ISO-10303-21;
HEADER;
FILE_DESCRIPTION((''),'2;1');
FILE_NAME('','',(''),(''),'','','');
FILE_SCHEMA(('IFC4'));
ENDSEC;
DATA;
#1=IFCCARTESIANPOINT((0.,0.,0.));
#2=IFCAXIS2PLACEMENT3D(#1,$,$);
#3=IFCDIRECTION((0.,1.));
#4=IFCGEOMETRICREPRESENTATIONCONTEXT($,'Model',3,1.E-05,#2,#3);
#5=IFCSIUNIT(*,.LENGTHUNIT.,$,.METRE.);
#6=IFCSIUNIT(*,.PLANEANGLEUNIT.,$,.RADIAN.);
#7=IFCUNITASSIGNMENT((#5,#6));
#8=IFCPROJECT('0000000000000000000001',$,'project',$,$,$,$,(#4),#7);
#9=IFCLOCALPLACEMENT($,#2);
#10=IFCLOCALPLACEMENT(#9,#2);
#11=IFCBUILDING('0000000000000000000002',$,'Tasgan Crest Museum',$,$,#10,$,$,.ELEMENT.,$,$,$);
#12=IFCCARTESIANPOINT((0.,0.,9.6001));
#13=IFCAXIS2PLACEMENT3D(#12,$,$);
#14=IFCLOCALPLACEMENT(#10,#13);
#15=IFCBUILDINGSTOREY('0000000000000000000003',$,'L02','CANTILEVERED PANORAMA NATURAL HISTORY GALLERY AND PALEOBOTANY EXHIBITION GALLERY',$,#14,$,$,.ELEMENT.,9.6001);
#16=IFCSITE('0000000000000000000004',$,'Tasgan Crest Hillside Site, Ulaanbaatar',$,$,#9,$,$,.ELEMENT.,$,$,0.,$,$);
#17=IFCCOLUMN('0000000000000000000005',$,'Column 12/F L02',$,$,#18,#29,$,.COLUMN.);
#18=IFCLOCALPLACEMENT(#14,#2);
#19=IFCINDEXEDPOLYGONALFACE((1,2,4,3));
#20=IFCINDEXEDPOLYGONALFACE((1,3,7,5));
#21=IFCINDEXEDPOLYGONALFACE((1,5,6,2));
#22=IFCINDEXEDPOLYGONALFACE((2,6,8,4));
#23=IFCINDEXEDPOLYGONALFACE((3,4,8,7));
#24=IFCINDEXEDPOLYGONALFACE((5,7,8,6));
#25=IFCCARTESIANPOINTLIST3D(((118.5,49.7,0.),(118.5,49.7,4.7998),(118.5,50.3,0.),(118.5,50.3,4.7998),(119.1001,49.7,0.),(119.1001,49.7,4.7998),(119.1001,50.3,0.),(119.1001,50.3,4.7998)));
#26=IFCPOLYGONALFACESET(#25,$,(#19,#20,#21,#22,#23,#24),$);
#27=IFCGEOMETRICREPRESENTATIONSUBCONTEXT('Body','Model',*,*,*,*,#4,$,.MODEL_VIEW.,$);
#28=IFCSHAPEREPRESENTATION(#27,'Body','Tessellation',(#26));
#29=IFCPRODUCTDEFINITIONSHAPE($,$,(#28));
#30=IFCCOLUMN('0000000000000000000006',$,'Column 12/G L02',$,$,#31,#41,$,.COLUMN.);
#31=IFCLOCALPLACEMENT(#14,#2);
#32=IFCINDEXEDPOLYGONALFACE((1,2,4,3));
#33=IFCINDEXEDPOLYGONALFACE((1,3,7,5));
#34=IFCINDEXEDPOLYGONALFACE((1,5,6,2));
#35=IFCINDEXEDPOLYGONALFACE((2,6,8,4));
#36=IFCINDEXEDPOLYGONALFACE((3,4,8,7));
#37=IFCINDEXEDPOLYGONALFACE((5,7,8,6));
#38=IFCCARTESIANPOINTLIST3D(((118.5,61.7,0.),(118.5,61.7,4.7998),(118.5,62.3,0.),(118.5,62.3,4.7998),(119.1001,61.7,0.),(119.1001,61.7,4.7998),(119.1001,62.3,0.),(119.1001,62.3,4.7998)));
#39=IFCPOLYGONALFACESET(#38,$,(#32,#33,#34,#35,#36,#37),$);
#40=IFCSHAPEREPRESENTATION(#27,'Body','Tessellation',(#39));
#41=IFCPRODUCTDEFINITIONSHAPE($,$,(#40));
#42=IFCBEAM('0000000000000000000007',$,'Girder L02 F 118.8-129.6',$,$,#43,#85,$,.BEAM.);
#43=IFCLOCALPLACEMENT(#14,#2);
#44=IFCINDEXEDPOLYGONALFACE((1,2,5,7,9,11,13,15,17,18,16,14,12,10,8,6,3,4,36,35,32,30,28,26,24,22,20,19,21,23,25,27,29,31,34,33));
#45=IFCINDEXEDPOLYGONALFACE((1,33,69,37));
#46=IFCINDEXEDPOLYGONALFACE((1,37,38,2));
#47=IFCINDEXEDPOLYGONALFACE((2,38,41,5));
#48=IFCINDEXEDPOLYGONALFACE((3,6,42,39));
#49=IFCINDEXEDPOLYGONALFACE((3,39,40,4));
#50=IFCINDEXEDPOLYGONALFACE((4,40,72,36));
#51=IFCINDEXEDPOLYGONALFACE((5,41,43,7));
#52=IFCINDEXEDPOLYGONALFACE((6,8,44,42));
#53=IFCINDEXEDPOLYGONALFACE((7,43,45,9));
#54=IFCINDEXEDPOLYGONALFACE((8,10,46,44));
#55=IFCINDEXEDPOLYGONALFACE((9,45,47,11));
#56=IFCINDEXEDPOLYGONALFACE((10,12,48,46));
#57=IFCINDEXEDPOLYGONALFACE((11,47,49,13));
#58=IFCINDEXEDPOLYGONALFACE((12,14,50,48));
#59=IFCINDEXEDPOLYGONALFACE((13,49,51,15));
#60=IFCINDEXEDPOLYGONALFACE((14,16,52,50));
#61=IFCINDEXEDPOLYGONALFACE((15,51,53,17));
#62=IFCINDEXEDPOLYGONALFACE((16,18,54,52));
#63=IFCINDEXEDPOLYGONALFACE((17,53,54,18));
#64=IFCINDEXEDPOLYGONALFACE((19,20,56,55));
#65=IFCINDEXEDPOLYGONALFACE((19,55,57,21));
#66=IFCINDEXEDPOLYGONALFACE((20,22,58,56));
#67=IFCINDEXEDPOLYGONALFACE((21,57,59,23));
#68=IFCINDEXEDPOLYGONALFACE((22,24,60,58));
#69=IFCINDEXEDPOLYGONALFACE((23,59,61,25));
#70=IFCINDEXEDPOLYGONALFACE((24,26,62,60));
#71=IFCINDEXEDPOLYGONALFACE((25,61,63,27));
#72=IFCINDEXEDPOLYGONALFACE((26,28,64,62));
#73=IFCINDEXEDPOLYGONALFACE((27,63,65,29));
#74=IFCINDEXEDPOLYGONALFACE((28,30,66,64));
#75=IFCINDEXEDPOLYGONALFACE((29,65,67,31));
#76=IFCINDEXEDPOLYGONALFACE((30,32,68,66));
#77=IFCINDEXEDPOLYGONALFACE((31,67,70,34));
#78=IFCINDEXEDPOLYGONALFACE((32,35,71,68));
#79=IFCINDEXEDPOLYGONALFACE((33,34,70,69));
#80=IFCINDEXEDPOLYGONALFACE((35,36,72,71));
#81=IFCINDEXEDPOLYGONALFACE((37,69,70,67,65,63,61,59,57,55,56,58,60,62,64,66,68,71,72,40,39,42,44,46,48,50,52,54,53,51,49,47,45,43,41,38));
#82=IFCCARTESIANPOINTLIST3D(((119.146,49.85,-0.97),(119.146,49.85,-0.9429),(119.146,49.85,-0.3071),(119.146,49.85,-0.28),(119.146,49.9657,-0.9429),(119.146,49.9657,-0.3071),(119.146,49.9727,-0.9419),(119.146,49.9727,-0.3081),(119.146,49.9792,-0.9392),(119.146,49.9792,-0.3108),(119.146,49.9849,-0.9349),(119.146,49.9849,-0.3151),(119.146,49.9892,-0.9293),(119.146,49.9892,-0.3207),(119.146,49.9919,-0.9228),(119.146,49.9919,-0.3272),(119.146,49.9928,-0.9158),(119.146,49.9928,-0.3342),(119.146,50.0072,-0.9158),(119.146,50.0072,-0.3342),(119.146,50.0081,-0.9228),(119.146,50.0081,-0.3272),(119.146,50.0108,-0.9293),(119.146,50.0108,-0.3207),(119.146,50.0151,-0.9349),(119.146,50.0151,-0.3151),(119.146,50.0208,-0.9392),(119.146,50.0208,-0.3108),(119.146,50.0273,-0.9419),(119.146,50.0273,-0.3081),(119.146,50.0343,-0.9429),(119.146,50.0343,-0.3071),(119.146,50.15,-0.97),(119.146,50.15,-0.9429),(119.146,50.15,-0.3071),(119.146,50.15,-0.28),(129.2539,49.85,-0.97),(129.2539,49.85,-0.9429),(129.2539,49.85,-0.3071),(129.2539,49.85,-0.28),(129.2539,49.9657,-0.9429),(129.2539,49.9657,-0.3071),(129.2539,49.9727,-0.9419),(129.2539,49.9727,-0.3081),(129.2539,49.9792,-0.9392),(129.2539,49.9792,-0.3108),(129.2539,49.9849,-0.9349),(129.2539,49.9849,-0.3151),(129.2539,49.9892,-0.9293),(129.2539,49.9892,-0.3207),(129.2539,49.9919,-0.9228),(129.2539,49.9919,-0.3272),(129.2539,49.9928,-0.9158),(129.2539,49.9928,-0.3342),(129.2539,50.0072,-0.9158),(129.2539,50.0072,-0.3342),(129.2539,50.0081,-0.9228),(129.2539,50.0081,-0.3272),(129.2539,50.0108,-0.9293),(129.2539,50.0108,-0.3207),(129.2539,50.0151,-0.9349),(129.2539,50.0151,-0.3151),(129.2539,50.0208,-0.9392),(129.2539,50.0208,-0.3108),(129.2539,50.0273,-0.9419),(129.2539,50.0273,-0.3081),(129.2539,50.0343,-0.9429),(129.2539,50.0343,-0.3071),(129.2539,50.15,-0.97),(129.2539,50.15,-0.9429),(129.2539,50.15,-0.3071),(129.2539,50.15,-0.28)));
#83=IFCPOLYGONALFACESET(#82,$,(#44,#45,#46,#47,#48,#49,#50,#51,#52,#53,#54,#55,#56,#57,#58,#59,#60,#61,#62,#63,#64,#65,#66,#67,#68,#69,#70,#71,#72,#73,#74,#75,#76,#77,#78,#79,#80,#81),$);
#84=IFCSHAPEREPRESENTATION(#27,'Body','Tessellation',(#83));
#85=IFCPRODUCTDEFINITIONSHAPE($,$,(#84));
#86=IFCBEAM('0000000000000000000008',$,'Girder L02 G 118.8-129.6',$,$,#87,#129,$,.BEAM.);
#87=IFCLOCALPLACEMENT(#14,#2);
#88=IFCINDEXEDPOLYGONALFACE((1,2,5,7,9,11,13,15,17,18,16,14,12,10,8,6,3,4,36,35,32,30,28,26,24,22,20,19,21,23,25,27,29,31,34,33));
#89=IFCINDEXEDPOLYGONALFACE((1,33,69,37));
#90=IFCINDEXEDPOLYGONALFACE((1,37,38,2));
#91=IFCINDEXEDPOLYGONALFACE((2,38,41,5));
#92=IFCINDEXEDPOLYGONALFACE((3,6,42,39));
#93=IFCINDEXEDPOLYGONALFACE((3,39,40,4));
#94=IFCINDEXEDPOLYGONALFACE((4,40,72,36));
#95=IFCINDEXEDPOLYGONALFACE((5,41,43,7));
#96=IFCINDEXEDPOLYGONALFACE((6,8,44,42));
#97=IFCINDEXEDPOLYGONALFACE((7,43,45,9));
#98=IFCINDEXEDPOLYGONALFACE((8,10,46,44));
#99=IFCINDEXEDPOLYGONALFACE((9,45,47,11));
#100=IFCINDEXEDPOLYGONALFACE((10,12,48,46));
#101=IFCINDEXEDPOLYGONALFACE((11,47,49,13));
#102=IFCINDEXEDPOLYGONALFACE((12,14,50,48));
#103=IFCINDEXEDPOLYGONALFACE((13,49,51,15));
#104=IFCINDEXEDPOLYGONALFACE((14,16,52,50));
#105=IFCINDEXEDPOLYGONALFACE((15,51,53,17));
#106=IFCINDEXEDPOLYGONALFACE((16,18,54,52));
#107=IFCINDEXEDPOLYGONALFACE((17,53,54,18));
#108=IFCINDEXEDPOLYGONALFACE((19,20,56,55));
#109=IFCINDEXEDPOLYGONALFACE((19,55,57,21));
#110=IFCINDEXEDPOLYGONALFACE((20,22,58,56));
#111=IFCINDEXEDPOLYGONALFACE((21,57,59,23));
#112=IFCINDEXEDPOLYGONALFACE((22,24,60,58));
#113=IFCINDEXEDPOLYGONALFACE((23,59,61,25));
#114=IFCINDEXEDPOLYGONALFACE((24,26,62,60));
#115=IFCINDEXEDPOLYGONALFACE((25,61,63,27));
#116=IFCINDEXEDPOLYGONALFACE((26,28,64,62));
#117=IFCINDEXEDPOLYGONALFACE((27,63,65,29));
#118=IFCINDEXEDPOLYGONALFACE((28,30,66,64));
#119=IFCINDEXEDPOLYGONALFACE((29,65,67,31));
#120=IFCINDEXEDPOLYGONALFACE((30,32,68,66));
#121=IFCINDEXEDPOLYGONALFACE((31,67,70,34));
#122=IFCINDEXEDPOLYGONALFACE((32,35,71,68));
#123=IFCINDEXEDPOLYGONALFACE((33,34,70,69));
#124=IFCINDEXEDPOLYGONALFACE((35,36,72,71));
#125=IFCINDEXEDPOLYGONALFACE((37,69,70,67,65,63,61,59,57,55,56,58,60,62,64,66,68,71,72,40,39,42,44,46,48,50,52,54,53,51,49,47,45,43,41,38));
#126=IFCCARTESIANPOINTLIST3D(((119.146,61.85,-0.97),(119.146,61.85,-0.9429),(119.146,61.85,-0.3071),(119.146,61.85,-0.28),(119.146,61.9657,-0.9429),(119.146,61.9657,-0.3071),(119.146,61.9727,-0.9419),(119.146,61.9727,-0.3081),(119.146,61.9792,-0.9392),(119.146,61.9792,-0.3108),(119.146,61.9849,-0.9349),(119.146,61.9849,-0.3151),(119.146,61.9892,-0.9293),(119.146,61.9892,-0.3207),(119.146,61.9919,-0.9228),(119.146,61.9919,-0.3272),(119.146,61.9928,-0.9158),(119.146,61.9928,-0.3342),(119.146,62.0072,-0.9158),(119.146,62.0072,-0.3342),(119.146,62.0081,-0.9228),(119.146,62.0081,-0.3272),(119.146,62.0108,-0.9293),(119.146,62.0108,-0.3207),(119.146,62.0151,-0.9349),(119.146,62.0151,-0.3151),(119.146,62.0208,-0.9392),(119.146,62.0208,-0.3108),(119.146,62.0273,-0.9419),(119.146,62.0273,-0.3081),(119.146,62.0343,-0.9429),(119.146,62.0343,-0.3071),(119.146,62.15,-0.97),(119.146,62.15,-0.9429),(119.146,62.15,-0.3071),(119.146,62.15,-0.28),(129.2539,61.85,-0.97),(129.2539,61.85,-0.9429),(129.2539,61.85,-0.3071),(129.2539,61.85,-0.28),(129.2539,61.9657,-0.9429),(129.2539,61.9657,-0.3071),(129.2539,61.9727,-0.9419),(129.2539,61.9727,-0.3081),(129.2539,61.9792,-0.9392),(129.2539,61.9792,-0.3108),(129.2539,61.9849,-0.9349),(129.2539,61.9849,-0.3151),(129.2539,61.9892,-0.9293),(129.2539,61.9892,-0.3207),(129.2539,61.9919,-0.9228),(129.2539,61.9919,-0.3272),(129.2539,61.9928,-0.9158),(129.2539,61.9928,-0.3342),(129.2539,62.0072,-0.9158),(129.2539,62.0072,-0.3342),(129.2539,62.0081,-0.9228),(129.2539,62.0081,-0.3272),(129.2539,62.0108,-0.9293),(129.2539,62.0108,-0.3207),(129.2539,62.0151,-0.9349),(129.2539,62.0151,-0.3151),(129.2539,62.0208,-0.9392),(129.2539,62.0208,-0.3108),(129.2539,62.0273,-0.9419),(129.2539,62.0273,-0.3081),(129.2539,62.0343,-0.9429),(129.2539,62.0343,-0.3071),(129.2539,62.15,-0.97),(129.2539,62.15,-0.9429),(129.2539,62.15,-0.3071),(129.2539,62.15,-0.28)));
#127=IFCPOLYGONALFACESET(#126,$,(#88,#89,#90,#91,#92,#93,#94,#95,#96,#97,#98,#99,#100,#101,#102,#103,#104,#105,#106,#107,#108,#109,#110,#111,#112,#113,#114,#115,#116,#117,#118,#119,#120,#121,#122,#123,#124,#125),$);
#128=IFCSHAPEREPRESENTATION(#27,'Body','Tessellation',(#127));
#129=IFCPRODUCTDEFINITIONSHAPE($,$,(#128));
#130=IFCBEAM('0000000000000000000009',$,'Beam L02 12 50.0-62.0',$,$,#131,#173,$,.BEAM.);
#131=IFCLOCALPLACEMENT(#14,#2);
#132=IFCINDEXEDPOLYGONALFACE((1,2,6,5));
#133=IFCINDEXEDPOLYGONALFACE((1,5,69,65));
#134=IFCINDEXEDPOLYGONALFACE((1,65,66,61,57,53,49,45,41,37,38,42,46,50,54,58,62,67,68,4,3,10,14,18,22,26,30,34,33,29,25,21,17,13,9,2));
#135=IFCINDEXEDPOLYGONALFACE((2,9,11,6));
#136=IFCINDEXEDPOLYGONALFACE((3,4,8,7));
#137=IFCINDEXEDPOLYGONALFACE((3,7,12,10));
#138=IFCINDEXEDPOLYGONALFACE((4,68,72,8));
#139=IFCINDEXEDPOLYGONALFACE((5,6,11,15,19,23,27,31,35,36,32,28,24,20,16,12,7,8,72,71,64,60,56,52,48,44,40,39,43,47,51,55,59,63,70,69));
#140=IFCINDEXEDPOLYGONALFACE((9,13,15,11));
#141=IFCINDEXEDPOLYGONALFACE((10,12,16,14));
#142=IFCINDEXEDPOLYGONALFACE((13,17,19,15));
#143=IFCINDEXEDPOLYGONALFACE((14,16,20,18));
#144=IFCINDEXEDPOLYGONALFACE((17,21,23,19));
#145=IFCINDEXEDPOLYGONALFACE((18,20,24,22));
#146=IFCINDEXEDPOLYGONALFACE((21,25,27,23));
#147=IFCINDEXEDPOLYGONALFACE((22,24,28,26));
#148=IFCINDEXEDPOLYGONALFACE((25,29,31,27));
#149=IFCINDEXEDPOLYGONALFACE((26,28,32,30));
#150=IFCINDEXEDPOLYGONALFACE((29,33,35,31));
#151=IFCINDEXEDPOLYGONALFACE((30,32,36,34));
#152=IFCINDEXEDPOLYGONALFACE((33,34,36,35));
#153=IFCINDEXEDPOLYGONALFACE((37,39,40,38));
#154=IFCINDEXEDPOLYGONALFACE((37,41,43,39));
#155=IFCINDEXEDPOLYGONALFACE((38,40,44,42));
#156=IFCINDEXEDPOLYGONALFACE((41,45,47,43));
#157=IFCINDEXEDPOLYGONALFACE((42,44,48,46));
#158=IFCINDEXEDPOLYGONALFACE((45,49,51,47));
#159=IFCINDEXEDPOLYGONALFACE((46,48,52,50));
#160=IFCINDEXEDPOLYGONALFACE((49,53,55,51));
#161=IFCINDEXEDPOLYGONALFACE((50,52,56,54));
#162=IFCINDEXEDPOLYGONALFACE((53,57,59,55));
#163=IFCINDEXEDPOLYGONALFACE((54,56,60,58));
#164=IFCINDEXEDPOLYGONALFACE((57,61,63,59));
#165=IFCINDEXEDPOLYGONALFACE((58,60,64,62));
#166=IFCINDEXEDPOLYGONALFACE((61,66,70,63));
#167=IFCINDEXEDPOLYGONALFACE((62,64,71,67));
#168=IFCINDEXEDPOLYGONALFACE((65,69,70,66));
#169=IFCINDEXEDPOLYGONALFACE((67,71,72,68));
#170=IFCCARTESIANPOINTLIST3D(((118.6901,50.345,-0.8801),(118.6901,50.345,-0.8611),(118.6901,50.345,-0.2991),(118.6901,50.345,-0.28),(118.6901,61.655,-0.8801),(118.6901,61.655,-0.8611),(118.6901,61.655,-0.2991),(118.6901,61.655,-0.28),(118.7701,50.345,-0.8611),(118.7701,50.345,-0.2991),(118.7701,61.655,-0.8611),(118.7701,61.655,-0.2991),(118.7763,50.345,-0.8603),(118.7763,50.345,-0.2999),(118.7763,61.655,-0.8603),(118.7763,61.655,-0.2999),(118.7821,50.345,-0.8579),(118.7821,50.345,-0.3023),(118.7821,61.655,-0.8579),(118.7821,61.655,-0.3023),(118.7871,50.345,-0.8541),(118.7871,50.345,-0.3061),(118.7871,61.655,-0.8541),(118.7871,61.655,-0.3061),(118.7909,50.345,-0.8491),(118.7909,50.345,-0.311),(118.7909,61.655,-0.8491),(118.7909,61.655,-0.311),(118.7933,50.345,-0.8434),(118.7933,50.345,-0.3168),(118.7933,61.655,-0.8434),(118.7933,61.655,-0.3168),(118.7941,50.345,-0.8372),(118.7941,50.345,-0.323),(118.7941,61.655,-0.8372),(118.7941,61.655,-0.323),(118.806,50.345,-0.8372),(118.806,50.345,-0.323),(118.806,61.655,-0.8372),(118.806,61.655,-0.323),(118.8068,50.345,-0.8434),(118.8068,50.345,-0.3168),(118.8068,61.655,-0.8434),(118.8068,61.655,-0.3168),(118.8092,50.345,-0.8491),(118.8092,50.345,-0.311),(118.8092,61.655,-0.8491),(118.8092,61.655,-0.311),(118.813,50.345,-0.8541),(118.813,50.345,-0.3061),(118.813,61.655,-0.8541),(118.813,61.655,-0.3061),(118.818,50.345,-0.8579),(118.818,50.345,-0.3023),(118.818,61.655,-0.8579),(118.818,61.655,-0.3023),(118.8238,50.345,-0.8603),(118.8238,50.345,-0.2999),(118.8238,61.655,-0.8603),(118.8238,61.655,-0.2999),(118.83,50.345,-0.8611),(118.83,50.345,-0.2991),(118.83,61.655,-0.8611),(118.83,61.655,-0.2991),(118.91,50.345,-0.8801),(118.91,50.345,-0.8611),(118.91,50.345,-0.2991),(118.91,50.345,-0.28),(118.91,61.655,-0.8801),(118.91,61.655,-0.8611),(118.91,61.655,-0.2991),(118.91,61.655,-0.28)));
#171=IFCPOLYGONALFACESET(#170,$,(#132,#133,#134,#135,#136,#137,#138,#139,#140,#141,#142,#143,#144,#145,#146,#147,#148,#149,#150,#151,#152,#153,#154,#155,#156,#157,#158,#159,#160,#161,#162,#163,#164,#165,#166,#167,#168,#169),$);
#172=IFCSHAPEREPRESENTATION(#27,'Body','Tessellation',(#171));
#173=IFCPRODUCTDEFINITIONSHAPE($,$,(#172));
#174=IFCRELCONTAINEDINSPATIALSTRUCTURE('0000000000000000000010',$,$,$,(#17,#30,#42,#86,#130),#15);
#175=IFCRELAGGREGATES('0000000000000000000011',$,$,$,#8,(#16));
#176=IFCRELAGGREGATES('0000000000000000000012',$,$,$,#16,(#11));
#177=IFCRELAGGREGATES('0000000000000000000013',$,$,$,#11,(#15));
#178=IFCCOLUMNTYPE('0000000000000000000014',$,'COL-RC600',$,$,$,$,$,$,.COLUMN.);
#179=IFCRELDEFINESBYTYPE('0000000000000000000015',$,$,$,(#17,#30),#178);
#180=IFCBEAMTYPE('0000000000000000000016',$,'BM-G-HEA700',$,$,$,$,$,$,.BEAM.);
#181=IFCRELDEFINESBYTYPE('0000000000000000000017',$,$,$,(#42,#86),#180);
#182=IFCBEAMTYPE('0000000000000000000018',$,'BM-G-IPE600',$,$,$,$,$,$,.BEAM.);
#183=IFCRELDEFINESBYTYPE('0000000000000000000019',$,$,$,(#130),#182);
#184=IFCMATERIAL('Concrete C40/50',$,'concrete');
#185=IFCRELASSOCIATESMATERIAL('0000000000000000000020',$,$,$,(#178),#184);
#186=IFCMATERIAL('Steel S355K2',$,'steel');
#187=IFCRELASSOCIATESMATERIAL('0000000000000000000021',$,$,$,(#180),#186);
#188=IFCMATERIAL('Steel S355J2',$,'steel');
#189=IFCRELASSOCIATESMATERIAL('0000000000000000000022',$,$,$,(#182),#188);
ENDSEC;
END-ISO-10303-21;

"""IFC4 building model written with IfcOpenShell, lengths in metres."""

from ifc_helpers import new_model, si_unit, direction, frame, origin, origin_2d, place, context, subcontext, project, spatial, rectangle, i_section, extrude, material, material_profile, profile_set, type_object, element, save


model = new_model("IFC4")

# Units and contexts
model_context = context("Model", 3, precision=1e-05, world=origin(), true_north=direction((0.0, 1.0)))
body_context = subcontext(model_context, "Body", "Model", "MODEL_VIEW")
ifc_project = project(units=[si_unit("LENGTHUNIT", "METRE"), si_unit("PLANEANGLEUNIT", "RADIAN")], contexts=[model_context])

# Site, building, storey
site_placement = place(None, origin())
site = spatial("IfcSite", under=ifc_project, at=site_placement, Name="Tasgan Crest Hillside Site, Ulaanbaatar", CompositionType="ELEMENT", RefElevation=0.0)
building_placement = place(site_placement, origin())
building = spatial("IfcBuilding", under=site, at=building_placement, Name="Tasgan Crest Museum", CompositionType="ELEMENT")
storey_placement = place(building_placement, frame((0.0, 0.0, 9.6001)))
storey = spatial("IfcBuildingStorey", under=building, at=storey_placement, Name="L02", Description="CANTILEVERED PANORAMA NATURAL HISTORY GALLERY AND PALEOBOTANY EXHIBITION GALLERY", CompositionType="ELEMENT", Elevation=9.6001)

# Columns
ifc_material_1 = material(Name="Concrete C40/50", Category="concrete")
ifc_material_profile_1 = material_profile(ifc_material_1, rectangle(XDim=0.6001, YDim=0.6001, at=origin_2d()), Name="RC 600x600")
ifc_profile_set_1 = profile_set([ifc_material_profile_1], Name="Concrete C40/50")
column_type = type_object("IfcColumnType", Name="COL-RC600", PredefinedType="COLUMN", material=ifc_profile_set_1)
for number, where, z_axis, x_axis, name in (
    (1, (118.8, 50.0, 0.0), (0.0, 0.0, 1.0), (1.0, 0.0, 0.0), "Column 12/F L02"),
    (2, (118.8, 62.0, 0.0), (0.0, 0.0, 1.0), (1.0, 0.0, 0.0), "Column 12/G L02"),
):
    element("IfcColumn", number, at=place(storey_placement, frame(where, z_axis=z_axis, x_axis=x_axis)), inside=storey, type_object=column_type, Name=name, PredefinedType="COLUMN", context=body_context, shape_type="SweptSolid", body=[
        extrude(rectangle(XDim=0.6001, YDim=0.6001, at=origin_2d()), origin(), (0.0, 0.0, 1.0), 4.7998),
    ])

# Beams
ifc_material_2 = material(Name="Steel S355K2", Category="steel")
ifc_material_profile_2 = material_profile(ifc_material_2, i_section(OverallWidth=0.3, OverallDepth=0.6899, WebThickness=0.0144, FlangeThickness=0.0271, FilletRadius=0.0271, at=origin_2d()), Name="HEA 700")
ifc_profile_set_2 = profile_set([ifc_material_profile_2], Name="Steel S355K2")
beam_type_1 = type_object("IfcBeamType", Name="BM-G-HEA700", PredefinedType="BEAM", material=ifc_profile_set_2)
for number, where, z_axis, x_axis, name in (
    (3, (119.146, 50.0, -0.625), (1.0, 0.0, 0.0), (0.0, 1.0, 0.0), "Girder L02 F 118.8-129.6"),
    (4, (119.146, 62.0, -0.625), (1.0, 0.0, 0.0), (0.0, 1.0, 0.0), "Girder L02 G 118.8-129.6"),
):
    element("IfcBeam", number, at=place(storey_placement, frame(where, z_axis=z_axis, x_axis=x_axis)), inside=storey, type_object=beam_type_1, Name=name, PredefinedType="BEAM", context=body_context, shape_type="SweptSolid", body=[
        extrude(i_section(OverallWidth=0.3, OverallDepth=0.6899, WebThickness=0.0144, FlangeThickness=0.0271, FilletRadius=0.0271, at=origin_2d()), origin(), (0.0, 0.0, 1.0), 10.1079),
    ])
ifc_material_3 = material(Name="Steel S355J2", Category="steel")
ifc_material_profile_3 = material_profile(ifc_material_3, i_section(OverallWidth=0.22, OverallDepth=0.6001, WebThickness=0.012, FlangeThickness=0.019, FilletRadius=0.0239, at=origin_2d()), Name="IPE 600")
ifc_profile_set_3 = profile_set([ifc_material_profile_3], Name="Steel S355J2")
beam_type_2 = type_object("IfcBeamType", Name="BM-G-IPE600", PredefinedType="BEAM", material=ifc_profile_set_3)
beam_1_placement = place(storey_placement, frame((118.8, 50.345, -0.5801), z_axis=(0.0, 1.0, 0.0), x_axis=(-1.0, 0.0, 0.0)))
element("IfcBeam", 5, at=beam_1_placement, inside=storey, type_object=beam_type_2, Name="Beam L02 12 50.0-62.0", PredefinedType="BEAM", context=body_context, shape_type="SweptSolid", body=[
    extrude(i_section(OverallWidth=0.22, OverallDepth=0.6001, WebThickness=0.012, FlangeThickness=0.019, FilletRadius=0.0239, at=origin_2d()), origin(), (0.0, 0.0, 1.0), 11.3101),
])

save(model, "model.ifc")
